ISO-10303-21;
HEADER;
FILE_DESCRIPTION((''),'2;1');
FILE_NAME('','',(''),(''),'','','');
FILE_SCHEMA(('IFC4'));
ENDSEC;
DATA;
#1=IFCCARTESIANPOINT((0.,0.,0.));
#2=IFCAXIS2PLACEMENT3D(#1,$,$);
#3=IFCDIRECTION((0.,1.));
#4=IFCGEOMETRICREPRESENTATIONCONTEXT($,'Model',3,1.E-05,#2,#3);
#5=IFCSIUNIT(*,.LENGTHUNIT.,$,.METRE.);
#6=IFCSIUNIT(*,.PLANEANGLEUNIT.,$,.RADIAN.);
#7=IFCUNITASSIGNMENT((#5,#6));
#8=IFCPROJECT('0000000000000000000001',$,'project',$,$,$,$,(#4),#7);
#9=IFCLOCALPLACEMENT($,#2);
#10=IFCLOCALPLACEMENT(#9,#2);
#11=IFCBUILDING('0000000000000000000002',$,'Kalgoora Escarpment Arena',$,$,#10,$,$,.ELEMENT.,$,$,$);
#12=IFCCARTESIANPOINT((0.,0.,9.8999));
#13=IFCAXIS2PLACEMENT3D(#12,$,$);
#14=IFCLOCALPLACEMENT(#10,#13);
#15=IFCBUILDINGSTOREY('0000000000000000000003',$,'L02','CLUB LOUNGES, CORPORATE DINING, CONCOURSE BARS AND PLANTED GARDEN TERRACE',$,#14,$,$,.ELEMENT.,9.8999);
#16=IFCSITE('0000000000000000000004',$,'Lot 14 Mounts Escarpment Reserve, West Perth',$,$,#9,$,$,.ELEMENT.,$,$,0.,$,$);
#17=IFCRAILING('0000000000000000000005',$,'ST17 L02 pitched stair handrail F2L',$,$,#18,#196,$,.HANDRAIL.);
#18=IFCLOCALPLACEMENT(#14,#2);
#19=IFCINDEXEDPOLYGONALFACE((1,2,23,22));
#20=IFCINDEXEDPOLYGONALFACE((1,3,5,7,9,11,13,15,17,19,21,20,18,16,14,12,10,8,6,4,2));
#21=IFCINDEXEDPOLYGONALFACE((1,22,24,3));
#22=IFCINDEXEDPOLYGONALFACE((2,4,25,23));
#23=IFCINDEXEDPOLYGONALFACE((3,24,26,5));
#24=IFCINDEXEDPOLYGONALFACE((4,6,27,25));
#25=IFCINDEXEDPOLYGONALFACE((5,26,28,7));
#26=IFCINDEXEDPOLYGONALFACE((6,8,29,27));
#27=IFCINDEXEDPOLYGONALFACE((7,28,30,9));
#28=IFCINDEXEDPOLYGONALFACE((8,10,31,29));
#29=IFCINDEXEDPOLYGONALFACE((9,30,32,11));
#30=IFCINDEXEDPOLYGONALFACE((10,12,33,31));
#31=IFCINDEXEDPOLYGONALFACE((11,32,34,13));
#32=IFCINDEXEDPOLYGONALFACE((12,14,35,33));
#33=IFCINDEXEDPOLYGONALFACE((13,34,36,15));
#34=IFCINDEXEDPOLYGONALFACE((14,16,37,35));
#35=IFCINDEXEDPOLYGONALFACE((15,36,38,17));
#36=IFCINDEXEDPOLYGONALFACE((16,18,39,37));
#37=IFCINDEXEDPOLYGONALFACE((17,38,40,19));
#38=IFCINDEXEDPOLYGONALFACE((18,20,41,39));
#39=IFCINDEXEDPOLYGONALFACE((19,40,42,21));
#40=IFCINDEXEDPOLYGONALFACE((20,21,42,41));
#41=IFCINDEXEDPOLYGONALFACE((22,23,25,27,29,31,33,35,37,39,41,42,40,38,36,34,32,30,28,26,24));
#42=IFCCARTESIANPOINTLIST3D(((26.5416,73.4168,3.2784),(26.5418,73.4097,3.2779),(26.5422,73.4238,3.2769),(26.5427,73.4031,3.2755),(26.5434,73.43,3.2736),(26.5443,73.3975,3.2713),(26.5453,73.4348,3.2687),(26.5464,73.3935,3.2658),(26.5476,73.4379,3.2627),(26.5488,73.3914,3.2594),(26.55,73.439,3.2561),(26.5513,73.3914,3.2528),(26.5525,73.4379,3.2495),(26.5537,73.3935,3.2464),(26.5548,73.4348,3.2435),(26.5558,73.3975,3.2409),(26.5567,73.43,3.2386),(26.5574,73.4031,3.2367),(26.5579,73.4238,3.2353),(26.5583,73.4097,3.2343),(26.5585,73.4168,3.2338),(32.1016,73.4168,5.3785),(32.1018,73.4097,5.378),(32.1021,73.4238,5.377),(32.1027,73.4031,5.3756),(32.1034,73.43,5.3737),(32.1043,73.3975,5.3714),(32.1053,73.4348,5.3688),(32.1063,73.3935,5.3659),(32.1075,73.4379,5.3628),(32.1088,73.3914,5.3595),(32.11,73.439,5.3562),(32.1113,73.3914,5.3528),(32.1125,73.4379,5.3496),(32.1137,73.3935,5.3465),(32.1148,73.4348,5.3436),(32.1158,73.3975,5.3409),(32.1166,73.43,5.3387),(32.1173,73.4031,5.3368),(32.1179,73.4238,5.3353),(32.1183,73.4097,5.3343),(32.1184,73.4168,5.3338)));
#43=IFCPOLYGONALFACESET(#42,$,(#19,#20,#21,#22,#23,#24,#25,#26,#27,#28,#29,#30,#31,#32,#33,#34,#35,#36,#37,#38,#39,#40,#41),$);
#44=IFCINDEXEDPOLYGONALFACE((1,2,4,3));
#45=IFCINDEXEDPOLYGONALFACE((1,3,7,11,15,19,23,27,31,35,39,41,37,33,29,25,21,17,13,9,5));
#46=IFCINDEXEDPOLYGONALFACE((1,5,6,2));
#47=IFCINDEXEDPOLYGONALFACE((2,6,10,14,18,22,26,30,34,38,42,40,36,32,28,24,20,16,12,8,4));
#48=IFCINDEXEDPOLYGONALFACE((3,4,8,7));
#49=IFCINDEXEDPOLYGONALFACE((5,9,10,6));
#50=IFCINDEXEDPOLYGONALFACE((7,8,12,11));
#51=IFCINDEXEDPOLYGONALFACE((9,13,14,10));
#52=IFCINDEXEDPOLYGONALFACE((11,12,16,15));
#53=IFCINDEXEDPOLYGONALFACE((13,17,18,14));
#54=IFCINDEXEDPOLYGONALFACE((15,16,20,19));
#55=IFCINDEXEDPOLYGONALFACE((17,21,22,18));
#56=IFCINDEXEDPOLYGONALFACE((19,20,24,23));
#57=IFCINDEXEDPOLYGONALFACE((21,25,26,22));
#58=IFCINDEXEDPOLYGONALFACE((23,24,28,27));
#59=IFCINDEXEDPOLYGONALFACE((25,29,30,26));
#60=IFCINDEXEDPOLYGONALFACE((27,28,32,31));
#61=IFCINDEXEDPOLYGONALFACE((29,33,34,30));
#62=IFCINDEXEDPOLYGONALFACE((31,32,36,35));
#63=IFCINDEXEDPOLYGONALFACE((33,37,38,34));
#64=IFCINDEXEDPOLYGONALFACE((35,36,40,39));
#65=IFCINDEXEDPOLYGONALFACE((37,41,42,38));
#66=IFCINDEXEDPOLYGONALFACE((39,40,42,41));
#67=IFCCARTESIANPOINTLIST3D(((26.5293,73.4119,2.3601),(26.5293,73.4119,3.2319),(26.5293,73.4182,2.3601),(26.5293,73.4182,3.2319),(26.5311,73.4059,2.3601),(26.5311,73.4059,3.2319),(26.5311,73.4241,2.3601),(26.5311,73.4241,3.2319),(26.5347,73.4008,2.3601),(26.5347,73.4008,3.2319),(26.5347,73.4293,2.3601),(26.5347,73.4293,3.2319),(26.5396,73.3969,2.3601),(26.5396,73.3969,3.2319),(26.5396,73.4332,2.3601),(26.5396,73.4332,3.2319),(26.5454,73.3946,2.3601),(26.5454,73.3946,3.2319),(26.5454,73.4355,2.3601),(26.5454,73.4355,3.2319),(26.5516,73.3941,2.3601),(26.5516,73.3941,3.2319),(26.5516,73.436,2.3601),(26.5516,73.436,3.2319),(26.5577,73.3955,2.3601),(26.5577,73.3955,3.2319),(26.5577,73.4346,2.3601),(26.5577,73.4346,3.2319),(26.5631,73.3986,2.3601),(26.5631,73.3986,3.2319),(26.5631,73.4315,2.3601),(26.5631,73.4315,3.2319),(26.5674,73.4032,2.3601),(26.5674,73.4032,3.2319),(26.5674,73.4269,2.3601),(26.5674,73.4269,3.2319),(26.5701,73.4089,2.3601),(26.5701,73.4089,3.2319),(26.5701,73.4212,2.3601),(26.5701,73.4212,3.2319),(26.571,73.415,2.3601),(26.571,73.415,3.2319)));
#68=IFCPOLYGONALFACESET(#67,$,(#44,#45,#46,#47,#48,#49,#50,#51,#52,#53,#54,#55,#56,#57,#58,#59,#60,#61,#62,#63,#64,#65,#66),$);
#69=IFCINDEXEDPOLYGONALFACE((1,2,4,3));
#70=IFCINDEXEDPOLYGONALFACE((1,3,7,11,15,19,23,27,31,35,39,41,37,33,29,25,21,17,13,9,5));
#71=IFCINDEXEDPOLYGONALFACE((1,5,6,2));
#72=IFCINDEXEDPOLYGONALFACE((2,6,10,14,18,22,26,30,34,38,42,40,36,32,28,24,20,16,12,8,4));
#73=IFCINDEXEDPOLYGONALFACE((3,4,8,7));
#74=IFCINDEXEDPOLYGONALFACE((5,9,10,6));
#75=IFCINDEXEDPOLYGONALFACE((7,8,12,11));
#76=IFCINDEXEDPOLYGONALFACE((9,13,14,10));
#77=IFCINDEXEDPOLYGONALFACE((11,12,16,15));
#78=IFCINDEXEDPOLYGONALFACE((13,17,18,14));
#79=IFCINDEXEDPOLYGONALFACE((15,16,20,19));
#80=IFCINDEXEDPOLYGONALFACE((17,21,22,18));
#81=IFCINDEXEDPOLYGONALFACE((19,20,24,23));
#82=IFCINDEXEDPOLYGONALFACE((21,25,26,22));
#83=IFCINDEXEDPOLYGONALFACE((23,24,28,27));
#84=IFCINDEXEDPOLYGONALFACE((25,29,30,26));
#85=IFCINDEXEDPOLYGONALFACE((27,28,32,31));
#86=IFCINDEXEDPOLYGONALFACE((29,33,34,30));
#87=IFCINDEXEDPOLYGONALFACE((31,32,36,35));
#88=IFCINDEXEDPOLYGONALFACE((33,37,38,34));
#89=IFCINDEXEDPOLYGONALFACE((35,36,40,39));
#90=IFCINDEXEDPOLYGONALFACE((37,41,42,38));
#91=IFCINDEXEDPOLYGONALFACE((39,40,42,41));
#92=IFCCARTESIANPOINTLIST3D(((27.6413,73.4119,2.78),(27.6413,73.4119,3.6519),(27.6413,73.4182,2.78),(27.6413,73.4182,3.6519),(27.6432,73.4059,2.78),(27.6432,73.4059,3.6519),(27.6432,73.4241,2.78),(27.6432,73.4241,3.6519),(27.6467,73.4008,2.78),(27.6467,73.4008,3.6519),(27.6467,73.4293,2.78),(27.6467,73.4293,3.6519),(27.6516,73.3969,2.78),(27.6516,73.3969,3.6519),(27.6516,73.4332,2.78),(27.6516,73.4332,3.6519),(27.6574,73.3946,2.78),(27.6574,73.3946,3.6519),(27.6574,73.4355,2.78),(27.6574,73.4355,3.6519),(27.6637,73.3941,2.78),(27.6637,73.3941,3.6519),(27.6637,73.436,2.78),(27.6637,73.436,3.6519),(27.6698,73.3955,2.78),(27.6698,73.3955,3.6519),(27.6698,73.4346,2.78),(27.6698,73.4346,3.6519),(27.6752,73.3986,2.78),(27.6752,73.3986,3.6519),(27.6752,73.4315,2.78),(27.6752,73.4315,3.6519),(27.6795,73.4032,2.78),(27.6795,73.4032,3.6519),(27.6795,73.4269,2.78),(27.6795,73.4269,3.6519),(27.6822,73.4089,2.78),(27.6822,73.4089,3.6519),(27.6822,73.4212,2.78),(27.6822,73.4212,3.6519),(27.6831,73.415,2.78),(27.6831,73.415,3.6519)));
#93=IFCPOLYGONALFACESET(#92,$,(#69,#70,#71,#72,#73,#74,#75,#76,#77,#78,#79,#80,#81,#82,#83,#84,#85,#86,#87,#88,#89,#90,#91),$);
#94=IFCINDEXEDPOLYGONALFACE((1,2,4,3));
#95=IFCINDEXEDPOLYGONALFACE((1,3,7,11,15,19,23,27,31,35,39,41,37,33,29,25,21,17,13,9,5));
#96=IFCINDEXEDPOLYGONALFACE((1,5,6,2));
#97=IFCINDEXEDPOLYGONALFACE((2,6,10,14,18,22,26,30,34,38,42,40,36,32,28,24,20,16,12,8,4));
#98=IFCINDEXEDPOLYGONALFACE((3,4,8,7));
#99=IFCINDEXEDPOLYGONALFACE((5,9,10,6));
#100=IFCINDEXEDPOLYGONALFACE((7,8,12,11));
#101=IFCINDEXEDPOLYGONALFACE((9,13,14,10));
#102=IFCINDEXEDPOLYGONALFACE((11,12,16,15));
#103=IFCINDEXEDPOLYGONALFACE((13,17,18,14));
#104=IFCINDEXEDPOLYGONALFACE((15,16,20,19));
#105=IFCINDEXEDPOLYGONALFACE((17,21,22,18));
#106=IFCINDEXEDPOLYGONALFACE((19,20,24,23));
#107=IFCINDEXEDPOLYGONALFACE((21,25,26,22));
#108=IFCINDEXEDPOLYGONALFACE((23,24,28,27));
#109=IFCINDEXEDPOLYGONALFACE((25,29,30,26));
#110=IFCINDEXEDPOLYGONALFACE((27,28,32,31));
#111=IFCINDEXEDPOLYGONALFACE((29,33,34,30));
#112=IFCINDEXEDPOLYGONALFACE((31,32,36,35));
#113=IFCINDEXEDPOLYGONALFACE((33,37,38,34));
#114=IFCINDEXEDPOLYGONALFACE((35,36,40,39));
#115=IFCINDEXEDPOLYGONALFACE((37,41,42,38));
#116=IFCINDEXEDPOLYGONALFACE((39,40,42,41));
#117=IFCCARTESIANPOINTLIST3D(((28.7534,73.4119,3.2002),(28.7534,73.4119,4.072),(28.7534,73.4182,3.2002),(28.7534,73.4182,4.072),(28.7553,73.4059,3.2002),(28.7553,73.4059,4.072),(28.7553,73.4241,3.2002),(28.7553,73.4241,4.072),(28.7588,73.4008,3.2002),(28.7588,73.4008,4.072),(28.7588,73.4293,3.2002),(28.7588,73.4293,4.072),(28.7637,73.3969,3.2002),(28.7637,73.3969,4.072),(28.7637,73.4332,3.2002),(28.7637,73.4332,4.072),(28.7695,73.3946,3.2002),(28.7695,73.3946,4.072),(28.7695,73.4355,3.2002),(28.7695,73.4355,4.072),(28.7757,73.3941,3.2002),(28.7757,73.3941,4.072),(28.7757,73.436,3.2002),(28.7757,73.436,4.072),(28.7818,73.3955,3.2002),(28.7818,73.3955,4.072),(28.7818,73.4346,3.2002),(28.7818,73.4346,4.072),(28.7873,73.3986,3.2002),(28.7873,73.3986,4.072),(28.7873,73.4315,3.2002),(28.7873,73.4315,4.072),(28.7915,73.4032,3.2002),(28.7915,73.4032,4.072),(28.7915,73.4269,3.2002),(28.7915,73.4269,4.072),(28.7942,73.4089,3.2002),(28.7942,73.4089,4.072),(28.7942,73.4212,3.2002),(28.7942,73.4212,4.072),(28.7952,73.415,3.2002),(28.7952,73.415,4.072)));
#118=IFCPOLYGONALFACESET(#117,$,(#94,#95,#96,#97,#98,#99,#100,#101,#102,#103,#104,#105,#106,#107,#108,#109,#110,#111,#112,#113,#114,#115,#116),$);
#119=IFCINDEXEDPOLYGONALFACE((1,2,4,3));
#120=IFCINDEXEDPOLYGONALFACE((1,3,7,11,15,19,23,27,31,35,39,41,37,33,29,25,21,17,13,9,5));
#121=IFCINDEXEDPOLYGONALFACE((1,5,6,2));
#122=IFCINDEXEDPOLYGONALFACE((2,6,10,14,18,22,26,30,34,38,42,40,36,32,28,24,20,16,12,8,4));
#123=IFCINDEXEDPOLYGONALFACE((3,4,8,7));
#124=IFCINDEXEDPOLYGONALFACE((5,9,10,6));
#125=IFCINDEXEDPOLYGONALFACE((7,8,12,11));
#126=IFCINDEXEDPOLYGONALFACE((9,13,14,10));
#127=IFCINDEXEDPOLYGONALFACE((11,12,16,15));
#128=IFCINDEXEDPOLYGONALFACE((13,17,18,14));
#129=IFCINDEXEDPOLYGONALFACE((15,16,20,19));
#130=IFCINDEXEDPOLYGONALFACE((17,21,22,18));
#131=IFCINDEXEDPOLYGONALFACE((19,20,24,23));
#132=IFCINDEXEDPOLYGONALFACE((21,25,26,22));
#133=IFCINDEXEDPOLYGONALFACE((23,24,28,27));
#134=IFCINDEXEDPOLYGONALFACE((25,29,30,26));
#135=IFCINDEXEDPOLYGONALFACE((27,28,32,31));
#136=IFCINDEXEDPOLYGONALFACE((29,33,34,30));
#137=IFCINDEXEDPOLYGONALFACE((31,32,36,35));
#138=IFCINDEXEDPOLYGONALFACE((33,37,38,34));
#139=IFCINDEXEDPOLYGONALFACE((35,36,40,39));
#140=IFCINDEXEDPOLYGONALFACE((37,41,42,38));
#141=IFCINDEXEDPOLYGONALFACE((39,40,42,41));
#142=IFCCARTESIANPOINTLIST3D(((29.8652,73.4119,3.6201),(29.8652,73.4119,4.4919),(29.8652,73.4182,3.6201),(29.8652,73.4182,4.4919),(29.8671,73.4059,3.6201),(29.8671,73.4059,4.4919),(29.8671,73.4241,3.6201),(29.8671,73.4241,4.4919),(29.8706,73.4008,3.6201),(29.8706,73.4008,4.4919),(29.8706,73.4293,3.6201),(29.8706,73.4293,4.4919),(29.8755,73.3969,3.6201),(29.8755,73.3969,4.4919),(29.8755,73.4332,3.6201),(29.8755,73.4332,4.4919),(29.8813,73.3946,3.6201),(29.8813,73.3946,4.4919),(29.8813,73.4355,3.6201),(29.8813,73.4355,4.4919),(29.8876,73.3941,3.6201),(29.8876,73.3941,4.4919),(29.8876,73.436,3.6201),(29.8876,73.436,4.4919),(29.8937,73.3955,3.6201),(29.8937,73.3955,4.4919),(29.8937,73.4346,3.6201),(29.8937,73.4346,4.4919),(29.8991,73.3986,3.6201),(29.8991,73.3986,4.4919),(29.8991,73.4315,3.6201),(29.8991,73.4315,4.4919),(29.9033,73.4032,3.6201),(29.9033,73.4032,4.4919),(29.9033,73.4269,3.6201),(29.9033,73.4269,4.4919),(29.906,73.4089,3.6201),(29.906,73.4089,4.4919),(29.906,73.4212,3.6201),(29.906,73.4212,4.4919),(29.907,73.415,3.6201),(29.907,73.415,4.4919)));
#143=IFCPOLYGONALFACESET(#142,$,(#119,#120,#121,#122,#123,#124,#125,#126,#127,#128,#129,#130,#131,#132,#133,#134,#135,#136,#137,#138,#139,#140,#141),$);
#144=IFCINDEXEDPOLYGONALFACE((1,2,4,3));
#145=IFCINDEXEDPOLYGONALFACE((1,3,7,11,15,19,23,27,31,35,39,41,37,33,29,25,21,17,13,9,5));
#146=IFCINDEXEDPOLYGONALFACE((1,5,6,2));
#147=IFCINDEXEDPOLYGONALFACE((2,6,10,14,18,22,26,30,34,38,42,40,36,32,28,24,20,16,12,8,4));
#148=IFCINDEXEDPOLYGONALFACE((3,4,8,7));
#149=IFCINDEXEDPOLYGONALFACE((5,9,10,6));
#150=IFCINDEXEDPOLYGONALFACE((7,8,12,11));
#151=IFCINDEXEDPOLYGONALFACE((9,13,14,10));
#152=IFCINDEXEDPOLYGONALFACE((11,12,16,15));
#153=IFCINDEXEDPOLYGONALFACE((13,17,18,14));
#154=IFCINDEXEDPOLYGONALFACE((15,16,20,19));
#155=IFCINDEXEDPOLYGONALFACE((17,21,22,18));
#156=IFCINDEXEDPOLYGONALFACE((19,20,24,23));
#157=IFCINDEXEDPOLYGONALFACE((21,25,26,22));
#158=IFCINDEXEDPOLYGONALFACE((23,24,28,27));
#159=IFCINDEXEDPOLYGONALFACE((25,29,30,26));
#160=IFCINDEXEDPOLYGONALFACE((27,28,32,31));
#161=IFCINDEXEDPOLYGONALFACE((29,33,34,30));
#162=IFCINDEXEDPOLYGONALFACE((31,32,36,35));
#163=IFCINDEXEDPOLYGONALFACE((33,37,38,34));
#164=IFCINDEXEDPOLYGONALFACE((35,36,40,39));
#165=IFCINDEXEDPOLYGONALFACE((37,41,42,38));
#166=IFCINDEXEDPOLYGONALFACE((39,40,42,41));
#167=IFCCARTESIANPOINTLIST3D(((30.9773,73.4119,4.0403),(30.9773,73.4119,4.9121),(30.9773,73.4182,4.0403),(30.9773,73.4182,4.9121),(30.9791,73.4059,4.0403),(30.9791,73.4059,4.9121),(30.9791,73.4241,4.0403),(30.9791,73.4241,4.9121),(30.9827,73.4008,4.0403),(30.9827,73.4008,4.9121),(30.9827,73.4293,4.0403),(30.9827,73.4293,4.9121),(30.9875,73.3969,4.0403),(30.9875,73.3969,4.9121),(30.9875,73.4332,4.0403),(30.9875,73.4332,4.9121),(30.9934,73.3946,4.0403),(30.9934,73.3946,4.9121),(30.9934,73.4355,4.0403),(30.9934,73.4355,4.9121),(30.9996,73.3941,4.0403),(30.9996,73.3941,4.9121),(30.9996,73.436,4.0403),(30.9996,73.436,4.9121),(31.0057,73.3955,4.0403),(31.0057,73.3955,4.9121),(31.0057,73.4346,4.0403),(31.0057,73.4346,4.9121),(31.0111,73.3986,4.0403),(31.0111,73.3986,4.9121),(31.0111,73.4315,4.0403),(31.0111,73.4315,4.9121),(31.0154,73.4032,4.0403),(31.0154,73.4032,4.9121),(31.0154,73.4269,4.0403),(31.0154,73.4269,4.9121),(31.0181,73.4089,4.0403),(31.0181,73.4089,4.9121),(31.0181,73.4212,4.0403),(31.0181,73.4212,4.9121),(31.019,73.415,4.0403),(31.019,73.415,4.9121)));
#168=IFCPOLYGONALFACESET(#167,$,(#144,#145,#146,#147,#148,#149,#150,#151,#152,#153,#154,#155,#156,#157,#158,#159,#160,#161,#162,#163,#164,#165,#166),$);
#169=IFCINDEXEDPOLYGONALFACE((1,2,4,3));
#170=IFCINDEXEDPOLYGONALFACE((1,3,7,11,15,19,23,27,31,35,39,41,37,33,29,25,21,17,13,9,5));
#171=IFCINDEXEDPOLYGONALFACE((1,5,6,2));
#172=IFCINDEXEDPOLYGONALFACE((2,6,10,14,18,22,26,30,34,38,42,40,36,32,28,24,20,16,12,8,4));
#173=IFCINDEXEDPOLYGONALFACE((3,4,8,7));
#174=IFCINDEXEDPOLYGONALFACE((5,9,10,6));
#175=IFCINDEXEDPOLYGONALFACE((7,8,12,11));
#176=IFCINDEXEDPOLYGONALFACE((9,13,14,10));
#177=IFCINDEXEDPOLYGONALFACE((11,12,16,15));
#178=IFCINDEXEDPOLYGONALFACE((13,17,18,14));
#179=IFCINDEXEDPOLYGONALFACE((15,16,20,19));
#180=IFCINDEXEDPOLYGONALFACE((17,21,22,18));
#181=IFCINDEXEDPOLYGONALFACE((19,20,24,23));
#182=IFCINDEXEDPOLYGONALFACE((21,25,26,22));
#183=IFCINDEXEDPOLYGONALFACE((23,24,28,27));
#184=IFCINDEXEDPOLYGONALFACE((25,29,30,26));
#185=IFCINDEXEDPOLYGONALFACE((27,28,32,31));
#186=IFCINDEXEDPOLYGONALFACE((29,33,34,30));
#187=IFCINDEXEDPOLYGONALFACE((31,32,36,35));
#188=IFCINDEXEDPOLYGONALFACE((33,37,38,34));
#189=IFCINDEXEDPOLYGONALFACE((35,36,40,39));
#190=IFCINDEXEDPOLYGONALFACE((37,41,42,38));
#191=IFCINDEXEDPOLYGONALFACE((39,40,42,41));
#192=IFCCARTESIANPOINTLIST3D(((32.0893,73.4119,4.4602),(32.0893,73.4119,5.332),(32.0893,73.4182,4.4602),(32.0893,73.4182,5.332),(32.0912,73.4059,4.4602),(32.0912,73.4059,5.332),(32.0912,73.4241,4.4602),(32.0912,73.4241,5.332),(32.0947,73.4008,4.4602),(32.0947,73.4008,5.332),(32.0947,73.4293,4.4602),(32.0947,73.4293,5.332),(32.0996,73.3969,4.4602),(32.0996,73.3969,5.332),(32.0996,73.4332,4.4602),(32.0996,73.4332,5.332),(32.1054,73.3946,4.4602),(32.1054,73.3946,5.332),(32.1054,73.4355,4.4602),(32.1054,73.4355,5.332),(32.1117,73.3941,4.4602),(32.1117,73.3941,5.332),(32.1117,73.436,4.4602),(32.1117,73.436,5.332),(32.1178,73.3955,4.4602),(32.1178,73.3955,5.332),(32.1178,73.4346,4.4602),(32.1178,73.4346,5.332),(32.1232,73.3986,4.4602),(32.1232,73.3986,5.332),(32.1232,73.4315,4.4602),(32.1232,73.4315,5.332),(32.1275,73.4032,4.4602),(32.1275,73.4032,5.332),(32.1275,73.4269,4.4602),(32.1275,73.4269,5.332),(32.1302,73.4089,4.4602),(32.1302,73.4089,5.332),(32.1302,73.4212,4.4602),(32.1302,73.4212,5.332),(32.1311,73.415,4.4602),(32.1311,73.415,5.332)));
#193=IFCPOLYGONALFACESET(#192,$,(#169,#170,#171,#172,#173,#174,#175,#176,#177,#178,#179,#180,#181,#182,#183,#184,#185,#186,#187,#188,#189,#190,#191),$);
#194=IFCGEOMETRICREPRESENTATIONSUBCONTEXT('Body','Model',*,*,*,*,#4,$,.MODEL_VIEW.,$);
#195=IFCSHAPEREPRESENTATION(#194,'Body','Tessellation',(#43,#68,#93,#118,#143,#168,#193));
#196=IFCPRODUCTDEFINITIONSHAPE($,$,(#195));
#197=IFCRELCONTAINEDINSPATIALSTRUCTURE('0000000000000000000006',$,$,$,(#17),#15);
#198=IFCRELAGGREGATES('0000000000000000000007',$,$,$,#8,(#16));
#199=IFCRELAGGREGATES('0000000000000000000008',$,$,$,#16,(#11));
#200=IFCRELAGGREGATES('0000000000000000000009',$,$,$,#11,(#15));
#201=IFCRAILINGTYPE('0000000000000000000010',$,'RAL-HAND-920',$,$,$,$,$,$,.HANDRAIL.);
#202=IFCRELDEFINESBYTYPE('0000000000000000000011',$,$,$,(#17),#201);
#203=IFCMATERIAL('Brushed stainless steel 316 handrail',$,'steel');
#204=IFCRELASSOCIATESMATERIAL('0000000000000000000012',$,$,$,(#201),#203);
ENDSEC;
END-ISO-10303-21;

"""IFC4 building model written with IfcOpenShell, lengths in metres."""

from ifc_helpers import new_model, si_unit, direction, frame, origin, origin_2d, place, context, subcontext, project, spatial, circle, extrude, material, type_object, element, save


model = new_model("IFC4")

# Units and contexts
model_context = context("Model", 3, precision=1e-05, world=origin(), true_north=direction((0.0, 1.0)))
body_context = subcontext(model_context, "Body", "Model", "MODEL_VIEW")
ifc_project = project(units=[si_unit("LENGTHUNIT", "METRE"), si_unit("PLANEANGLEUNIT", "RADIAN")], contexts=[model_context])

# Site, building, storey
site_placement = place(None, origin())
site = spatial("IfcSite", under=ifc_project, at=site_placement, Name="Lot 14 Mounts Escarpment Reserve, West Perth", CompositionType="ELEMENT", RefElevation=0.0)
building_placement = place(site_placement, origin())
building = spatial("IfcBuilding", under=site, at=building_placement, Name="Kalgoora Escarpment Arena", CompositionType="ELEMENT")
storey_placement = place(building_placement, frame((0.0, 0.0, 9.8999)))
storey = spatial("IfcBuildingStorey", under=building, at=storey_placement, Name="L02", Description="CLUB LOUNGES, CORPORATE DINING, CONCOURSE BARS AND PLANTED GARDEN TERRACE", CompositionType="ELEMENT", Elevation=9.8999)

# Railing
ifc_material_1 = material(Name="Brushed stainless steel 316 handrail", Category="steel")
railing_type_1 = type_object("IfcRailingType", Name="RAL-HAND-920", PredefinedType="HANDRAIL", material=ifc_material_1)
for number, where, name in (
    (1, (26.55, 73.415, 2.3601), "ST17 L02 pitched stair handrail F2L"),
):
    element("IfcRailing", number, at=place(storey_placement, frame(where)), inside=storey, type_object=railing_type_1, Name=name, PredefinedType="HANDRAIL", context=body_context, shape_type="SweptSolid", body=[
        extrude(circle(Radius=0.0239, at=origin_2d()), frame((0.0, 0.0, 0.896), z_axis=(0.935493, 0.0, 0.353346), x_axis=(0.0, 1.0, 0.0)), (0.0, 0.0, 1.0), 5.9434),
        extrude(circle(Radius=0.021, at=origin_2d()), origin(), (0.0, 0.0, 1.0), 0.8718),
        extrude(circle(Radius=0.021, at=origin_2d()), frame((1.1121, 0.0, 0.4199)), (0.0, 0.0, 1.0), 0.8718),
        extrude(circle(Radius=0.021, at=origin_2d()), frame((2.2241, 0.0, 0.8401)), (0.0, 0.0, 1.0), 0.8718),
        extrude(circle(Radius=0.021, at=origin_2d()), frame((3.3359, 0.0, 1.26)), (0.0, 0.0, 1.0), 0.8718),
        extrude(circle(Radius=0.021, at=origin_2d()), frame((4.448, 0.0, 1.6802)), (0.0, 0.0, 1.0), 0.8718),
        extrude(circle(Radius=0.021, at=origin_2d()), frame((5.5601, 0.0, 2.1001)), (0.0, 0.0, 1.0), 0.8718),
    ])

save(model, "model.ifc")
